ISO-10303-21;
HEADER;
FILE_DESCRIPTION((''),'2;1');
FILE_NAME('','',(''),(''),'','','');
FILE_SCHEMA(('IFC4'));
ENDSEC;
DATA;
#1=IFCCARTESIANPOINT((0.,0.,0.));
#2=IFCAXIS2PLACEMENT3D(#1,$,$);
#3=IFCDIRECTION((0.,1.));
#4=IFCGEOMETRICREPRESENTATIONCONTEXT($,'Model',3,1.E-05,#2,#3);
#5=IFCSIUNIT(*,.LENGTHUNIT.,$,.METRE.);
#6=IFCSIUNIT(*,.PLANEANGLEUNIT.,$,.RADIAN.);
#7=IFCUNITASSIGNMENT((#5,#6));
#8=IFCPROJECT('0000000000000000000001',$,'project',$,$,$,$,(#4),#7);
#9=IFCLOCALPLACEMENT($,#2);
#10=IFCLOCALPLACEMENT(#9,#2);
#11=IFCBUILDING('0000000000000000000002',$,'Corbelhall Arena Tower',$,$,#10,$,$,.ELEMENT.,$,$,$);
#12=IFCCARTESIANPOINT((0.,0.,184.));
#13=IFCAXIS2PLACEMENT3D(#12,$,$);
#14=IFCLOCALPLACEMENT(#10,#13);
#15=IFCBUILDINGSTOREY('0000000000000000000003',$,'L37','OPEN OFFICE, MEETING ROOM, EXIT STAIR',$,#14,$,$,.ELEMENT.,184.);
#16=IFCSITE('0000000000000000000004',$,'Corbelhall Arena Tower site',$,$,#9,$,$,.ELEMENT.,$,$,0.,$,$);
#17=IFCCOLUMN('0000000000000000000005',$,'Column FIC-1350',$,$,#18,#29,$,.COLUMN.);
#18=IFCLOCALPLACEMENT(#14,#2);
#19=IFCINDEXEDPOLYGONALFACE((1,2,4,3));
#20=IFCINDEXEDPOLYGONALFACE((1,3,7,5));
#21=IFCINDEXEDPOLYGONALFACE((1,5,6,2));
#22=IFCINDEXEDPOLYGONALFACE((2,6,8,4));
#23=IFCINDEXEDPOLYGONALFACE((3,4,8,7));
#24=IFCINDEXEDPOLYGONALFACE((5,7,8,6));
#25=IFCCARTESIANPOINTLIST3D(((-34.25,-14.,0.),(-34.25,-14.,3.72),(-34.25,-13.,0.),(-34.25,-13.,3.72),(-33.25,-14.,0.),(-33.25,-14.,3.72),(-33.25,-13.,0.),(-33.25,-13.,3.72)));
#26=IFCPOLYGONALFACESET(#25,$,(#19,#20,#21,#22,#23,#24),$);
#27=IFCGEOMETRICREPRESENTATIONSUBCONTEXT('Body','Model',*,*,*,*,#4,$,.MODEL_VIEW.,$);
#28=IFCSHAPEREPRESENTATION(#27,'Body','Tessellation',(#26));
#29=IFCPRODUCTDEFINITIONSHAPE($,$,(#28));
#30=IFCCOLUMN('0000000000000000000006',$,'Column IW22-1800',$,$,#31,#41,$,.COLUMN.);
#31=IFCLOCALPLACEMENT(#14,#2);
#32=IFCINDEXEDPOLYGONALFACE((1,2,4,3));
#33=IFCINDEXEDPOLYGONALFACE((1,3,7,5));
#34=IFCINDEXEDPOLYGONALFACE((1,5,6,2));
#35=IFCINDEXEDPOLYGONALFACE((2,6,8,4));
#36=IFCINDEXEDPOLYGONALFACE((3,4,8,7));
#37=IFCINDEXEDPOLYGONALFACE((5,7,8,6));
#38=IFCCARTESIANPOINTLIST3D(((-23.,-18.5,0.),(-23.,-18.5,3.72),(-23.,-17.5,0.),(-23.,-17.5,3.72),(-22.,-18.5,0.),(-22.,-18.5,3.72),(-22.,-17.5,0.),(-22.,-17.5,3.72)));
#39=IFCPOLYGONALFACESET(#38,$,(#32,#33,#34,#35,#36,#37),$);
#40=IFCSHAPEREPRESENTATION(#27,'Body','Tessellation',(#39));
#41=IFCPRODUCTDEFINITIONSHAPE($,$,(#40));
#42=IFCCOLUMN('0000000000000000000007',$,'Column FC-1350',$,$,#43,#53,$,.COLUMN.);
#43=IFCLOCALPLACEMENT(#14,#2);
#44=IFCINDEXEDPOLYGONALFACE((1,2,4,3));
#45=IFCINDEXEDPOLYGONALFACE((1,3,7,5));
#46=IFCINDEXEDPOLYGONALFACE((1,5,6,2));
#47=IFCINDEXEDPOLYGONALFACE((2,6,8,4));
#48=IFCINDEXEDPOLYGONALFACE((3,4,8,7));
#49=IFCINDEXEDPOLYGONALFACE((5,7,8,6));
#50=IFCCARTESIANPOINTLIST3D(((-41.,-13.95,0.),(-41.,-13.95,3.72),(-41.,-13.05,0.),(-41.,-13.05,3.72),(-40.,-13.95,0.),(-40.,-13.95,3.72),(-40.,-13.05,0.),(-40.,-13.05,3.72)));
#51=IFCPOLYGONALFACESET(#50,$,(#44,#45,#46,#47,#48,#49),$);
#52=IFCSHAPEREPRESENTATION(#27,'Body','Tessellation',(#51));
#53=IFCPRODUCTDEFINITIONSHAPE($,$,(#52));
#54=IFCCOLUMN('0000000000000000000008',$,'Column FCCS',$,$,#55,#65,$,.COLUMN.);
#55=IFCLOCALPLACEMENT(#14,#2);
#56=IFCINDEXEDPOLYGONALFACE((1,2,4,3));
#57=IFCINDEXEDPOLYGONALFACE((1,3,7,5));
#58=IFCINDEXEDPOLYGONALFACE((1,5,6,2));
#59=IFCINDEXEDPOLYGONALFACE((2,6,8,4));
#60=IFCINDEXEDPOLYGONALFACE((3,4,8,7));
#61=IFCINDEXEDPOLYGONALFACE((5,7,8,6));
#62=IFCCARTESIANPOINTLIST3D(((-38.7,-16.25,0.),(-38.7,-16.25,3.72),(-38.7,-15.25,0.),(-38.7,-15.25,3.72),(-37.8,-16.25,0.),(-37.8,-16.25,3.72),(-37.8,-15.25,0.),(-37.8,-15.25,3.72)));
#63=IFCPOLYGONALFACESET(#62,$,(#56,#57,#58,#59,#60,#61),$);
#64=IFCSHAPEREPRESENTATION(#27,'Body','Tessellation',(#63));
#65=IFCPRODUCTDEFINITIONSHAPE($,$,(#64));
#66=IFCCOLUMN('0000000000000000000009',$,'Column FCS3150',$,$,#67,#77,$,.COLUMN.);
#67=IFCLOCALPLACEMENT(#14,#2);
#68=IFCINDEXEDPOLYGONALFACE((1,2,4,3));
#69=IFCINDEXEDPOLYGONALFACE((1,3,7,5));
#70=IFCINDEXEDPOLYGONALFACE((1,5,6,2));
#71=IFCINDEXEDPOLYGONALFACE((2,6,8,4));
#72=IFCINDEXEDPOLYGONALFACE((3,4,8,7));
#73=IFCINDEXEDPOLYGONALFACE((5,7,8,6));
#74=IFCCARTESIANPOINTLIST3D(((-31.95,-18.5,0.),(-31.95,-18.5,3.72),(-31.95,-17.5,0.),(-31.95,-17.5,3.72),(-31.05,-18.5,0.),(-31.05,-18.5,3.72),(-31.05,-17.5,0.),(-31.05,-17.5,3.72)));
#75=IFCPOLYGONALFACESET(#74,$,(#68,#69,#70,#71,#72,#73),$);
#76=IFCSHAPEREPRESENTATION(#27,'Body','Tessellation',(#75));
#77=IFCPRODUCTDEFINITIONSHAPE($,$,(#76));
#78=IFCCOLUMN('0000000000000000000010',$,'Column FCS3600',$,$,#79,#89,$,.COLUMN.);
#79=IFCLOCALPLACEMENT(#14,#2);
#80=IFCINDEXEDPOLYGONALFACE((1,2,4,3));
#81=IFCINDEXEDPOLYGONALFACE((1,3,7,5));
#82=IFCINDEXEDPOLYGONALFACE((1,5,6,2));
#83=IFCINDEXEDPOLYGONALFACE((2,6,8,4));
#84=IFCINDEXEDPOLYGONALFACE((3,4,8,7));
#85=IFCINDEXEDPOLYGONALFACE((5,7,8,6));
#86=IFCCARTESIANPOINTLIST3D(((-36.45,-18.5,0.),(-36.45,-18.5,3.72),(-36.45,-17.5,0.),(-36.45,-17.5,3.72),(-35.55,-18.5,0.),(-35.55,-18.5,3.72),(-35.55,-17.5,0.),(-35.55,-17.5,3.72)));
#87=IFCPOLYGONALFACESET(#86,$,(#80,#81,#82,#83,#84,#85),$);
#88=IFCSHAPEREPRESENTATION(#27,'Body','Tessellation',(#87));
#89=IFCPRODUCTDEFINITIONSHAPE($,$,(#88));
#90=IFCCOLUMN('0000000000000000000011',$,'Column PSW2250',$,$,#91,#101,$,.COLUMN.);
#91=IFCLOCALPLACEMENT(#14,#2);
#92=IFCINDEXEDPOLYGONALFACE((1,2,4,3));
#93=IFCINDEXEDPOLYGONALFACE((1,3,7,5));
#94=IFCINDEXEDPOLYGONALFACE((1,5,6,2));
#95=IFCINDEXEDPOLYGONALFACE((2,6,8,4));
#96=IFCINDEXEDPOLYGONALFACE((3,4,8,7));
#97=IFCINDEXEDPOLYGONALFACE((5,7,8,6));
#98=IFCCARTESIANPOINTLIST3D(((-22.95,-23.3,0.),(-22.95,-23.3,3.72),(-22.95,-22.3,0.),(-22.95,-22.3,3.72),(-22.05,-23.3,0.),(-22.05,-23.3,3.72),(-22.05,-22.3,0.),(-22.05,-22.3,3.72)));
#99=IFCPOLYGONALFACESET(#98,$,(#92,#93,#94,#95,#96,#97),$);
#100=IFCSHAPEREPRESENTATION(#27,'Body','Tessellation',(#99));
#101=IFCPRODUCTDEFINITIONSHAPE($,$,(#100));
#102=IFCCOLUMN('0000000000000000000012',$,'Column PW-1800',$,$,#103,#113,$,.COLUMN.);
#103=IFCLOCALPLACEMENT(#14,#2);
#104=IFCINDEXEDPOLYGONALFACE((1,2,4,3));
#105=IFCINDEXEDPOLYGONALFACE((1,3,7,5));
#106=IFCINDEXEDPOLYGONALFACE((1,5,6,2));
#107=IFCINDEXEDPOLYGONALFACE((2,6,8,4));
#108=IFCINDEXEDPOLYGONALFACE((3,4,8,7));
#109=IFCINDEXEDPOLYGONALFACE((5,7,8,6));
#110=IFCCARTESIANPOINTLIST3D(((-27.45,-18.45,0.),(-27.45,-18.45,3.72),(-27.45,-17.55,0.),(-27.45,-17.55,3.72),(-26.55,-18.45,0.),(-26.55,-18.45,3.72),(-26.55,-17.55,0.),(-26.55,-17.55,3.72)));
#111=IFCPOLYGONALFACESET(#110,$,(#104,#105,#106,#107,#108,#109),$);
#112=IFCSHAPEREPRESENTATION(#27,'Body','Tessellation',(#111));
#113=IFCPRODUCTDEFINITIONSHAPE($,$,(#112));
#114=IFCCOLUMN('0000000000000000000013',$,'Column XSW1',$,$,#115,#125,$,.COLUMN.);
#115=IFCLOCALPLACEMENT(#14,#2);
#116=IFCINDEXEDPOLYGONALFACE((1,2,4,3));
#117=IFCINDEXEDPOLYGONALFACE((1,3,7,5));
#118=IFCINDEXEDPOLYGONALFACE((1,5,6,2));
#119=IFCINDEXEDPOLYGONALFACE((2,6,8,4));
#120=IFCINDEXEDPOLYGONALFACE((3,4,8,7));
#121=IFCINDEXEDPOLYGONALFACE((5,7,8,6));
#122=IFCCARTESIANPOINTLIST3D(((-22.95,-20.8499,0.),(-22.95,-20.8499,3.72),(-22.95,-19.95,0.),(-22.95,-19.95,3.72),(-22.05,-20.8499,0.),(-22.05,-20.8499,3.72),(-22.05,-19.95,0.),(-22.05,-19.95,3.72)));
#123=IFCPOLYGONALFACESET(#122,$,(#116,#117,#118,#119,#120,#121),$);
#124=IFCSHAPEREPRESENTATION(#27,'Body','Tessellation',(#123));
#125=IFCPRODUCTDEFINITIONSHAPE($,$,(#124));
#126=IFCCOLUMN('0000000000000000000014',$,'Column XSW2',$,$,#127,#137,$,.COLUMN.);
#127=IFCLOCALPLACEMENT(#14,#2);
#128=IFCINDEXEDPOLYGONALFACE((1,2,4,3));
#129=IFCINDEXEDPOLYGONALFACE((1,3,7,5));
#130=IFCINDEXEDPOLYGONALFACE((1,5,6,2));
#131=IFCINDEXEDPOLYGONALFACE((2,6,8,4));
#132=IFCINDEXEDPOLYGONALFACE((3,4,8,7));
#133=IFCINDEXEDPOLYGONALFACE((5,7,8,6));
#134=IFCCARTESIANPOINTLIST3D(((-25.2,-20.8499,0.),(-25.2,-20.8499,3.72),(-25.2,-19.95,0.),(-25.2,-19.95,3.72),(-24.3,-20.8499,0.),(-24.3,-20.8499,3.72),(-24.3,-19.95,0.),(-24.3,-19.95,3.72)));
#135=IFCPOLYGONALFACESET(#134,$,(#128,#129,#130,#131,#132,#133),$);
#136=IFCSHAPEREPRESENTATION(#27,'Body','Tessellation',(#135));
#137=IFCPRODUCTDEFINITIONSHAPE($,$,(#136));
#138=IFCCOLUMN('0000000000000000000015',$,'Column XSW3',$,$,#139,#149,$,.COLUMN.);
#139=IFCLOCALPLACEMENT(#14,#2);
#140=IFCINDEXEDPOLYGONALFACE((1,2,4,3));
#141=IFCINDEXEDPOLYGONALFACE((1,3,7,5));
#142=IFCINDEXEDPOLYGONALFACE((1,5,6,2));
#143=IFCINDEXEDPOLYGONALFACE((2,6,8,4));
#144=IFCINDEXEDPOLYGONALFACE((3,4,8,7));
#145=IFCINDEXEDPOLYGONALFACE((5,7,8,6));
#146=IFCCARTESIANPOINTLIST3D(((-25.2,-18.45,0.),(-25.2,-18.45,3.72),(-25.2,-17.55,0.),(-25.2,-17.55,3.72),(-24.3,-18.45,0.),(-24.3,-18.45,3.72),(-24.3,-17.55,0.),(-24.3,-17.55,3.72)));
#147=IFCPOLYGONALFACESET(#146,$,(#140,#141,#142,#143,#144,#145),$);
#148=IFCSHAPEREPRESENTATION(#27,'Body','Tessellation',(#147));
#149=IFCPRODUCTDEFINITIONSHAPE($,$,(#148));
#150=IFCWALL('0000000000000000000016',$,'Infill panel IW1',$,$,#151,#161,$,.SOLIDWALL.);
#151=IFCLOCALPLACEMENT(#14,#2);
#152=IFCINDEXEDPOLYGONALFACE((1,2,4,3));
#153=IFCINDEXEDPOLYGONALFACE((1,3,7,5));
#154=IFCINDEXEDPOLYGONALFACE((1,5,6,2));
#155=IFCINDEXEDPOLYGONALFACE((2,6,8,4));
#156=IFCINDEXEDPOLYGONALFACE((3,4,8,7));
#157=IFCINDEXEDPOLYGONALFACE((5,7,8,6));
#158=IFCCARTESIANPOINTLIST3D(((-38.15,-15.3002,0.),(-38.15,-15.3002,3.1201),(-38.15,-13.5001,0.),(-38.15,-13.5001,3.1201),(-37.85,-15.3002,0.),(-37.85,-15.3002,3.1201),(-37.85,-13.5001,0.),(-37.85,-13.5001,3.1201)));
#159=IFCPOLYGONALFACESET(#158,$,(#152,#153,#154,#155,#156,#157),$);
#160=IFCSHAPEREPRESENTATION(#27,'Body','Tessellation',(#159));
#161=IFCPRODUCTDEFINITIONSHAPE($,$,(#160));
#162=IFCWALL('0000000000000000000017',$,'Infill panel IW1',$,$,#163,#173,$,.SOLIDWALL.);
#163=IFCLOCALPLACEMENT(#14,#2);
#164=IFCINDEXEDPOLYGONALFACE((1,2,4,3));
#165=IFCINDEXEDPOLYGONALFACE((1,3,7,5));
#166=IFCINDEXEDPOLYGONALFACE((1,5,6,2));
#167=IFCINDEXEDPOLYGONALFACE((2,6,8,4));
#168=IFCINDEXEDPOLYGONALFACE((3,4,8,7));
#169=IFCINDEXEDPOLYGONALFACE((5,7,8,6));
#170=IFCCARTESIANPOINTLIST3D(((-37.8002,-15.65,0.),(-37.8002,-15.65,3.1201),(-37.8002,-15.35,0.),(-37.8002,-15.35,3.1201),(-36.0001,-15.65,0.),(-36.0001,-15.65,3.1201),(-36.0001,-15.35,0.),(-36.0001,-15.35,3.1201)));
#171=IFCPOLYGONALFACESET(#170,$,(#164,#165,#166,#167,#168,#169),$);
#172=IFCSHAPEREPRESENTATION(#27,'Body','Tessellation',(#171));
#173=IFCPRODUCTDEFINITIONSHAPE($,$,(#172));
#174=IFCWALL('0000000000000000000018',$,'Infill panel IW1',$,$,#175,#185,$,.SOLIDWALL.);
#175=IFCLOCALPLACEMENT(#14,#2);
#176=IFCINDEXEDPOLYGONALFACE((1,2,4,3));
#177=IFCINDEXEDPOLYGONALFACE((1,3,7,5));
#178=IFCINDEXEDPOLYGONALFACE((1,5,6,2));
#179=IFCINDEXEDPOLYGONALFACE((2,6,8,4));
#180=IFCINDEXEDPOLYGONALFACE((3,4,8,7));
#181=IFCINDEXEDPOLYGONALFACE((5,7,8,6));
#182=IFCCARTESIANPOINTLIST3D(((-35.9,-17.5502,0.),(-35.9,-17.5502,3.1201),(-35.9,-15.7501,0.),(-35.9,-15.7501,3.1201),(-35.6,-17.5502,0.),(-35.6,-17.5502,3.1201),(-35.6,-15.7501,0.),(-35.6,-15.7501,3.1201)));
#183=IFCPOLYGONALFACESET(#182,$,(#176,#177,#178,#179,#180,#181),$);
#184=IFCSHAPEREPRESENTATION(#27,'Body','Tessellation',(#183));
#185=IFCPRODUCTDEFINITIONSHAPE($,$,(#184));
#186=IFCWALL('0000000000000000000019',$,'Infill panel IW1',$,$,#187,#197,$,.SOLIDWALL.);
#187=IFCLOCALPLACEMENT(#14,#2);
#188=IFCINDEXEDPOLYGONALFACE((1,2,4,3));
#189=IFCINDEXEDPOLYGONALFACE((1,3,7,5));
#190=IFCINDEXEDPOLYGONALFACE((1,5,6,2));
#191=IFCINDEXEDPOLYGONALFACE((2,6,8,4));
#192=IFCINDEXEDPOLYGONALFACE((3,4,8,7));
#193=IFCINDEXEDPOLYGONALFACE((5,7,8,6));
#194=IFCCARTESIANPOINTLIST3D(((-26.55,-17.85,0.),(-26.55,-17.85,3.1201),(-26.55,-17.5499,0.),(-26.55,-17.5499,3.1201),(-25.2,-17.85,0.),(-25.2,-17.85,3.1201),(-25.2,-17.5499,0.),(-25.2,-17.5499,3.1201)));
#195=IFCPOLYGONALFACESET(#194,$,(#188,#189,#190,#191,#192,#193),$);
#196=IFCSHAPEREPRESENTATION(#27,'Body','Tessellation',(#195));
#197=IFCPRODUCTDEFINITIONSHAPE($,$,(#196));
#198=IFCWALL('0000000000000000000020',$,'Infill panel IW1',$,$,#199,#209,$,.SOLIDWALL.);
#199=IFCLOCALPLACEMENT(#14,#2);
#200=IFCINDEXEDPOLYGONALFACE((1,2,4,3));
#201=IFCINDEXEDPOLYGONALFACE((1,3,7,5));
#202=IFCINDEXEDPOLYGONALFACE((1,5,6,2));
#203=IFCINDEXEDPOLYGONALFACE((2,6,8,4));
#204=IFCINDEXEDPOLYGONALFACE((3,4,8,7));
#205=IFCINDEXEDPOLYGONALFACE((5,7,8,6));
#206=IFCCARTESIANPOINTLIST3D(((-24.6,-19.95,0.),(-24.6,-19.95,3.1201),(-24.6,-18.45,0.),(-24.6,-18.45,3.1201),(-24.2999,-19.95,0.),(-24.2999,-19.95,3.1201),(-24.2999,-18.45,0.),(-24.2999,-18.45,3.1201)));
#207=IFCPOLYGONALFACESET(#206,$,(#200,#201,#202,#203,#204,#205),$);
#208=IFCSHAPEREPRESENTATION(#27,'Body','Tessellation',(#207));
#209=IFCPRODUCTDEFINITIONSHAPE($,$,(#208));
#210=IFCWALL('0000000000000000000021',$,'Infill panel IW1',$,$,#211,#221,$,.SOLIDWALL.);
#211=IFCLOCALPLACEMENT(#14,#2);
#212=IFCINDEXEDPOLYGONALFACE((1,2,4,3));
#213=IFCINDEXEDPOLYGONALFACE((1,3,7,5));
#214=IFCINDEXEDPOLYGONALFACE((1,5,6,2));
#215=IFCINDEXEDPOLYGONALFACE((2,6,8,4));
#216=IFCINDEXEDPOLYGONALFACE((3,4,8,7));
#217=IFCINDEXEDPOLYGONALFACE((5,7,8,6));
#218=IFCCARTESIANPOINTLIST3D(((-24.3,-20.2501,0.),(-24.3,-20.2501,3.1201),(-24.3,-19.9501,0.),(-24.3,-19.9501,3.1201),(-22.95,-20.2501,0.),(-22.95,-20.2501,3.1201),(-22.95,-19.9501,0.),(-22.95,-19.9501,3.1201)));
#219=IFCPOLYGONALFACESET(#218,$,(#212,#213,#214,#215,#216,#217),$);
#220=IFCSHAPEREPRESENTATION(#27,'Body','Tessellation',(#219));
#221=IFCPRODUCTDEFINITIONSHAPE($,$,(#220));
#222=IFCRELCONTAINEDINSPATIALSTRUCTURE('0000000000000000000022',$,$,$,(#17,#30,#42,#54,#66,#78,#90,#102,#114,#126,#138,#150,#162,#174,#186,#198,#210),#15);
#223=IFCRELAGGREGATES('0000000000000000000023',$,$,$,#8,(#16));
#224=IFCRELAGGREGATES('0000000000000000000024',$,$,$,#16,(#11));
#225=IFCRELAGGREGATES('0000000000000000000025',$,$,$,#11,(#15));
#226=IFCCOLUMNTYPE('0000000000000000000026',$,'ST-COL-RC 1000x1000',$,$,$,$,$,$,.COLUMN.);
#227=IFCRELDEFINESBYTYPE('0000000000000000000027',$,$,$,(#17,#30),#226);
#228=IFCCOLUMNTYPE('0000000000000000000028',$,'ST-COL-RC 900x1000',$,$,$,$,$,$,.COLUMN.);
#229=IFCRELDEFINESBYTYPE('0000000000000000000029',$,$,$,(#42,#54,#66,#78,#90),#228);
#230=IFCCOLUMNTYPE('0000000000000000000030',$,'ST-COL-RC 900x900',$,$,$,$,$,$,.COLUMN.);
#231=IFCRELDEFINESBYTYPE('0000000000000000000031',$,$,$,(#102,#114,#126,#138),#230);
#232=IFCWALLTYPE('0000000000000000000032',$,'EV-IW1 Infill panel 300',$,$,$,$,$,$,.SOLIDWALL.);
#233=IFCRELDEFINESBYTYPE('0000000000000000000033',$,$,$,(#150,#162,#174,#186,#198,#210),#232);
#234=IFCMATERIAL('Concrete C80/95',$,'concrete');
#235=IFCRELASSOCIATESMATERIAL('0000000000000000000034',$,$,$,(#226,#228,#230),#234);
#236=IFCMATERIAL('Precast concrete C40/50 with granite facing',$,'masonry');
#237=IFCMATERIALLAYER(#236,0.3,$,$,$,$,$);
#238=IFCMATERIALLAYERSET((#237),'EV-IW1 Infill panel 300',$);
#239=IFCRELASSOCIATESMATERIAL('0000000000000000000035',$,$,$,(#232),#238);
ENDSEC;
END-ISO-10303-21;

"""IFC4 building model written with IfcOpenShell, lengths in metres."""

from ifc_helpers import new_model, si_unit, direction, frame, frame_2d, origin, origin_2d, place, context, subcontext, project, spatial, rectangle, extrude, material, layer, layer_set, material_profile, profile_set, type_object, element, save


model = new_model("IFC4")

# Units and contexts
model_context = context("Model", 3, precision=1e-05, world=origin(), true_north=direction((0.0, 1.0)))
body_context = subcontext(model_context, "Body", "Model", "MODEL_VIEW")
ifc_project = project(units=[si_unit("LENGTHUNIT", "METRE"), si_unit("PLANEANGLEUNIT", "RADIAN")], contexts=[model_context])

# Site, building, storey
site_placement = place(None, origin())
site = spatial("IfcSite", under=ifc_project, at=site_placement, Name="Corbelhall Arena Tower site", CompositionType="ELEMENT", RefElevation=0.0)
building_placement = place(site_placement, origin())
building = spatial("IfcBuilding", under=site, at=building_placement, Name="Corbelhall Arena Tower", CompositionType="ELEMENT")
storey_placement = place(building_placement, frame((0.0, 0.0, 184.0)))
storey = spatial("IfcBuildingStorey", under=building, at=storey_placement, Name="L37", Description="OPEN OFFICE, MEETING ROOM, EXIT STAIR", CompositionType="ELEMENT", Elevation=184.0)

# Columns
ifc_material_1 = material(Name="Concrete C80/95", Category="concrete")
ifc_material_profile_1 = material_profile(ifc_material_1, rectangle(XDim=1.0, YDim=1.0, at=origin_2d()))
ifc_profile_set_1 = profile_set([ifc_material_profile_1], Name="Concrete C80/95")
column_type_1 = type_object("IfcColumnType", Name="ST-COL-RC 1000x1000", PredefinedType="COLUMN", material=ifc_profile_set_1)
for number, where, z_axis, x_axis, name in (
    (1, (-33.75, -13.5, 0.0), (0.0, 0.0, 1.0), (1.0, 0.0, 0.0), "Column FIC-1350"),
    (2, (-22.5, -18.0, 0.0), (0.0, 0.0, 1.0), (1.0, 0.0, 0.0), "Column IW22-1800"),
):
    element("IfcColumn", number, at=place(storey_placement, frame(where, z_axis=z_axis, x_axis=x_axis)), inside=storey, type_object=column_type_1, Name=name, PredefinedType="COLUMN", context=body_context, shape_type="SweptSolid", body=[
        extrude(rectangle(XDim=1.0, YDim=1.0, at=origin_2d()), origin(), (0.0, 0.0, 1.0), 3.72),
    ])
ifc_material_profile_2 = material_profile(ifc_material_1, rectangle(XDim=0.8999, YDim=1.0, at=origin_2d()))
ifc_profile_set_2 = profile_set([ifc_material_profile_2], Name="Concrete C80/95")
column_type_2 = type_object("IfcColumnType", Name="ST-COL-RC 900x1000", PredefinedType="COLUMN", material=ifc_profile_set_2)
for number, where, z_axis, x_axis, name in (
    (3, (-40.5, -13.5, 0.0), (0.0, 0.0, 1.0), (0.0, 1.0, 0.0), "Column FC-1350"),
    (4, (-38.25, -15.75, 0.0), (0.0, 0.0, 1.0), (1.0, 0.0, 0.0), "Column FCCS"),
    (5, (-31.5, -18.0, 0.0), (0.0, 0.0, 1.0), (1.0, 0.0, 0.0), "Column FCS3150"),
    (6, (-36.0, -18.0, 0.0), (0.0, 0.0, 1.0), (1.0, 0.0, 0.0), "Column FCS3600"),
    (7, (-22.5, -22.8, 0.0), (0.0, 0.0, 1.0), (1.0, 0.0, 0.0), "Column PSW2250"),
):
    element("IfcColumn", number, at=place(storey_placement, frame(where, z_axis=z_axis, x_axis=x_axis)), inside=storey, type_object=column_type_2, Name=name, PredefinedType="COLUMN", context=body_context, shape_type="SweptSolid", body=[
        extrude(rectangle(XDim=0.8999, YDim=1.0, at=origin_2d()), origin(), (0.0, 0.0, 1.0), 3.72),
    ])
ifc_material_profile_3 = material_profile(ifc_material_1, rectangle(XDim=0.8999, YDim=0.8999, at=origin_2d()))
ifc_profile_set_3 = profile_set([ifc_material_profile_3], Name="Concrete C80/95")
column_type_3 = type_object("IfcColumnType", Name="ST-COL-RC 900x900", PredefinedType="COLUMN", material=ifc_profile_set_3)
for number, where, z_axis, x_axis, name in (
    (8, (-27.0, -18.0, 0.0), (0.0, 0.0, 1.0), (1.0, 0.0, 0.0), "Column PW-1800"),
    (9, (-22.5, -20.3999, 0.0), (0.0, 0.0, 1.0), (1.0, 0.0, 0.0), "Column XSW1"),
    (10, (-24.75, -20.3999, 0.0), (0.0, 0.0, 1.0), (1.0, 0.0, 0.0), "Column XSW2"),
    (11, (-24.75, -18.0, 0.0), (0.0, 0.0, 1.0), (1.0, 0.0, 0.0), "Column XSW3"),
):
    element("IfcColumn", number, at=place(storey_placement, frame(where, z_axis=z_axis, x_axis=x_axis)), inside=storey, type_object=column_type_3, Name=name, PredefinedType="COLUMN", context=body_context, shape_type="SweptSolid", body=[
        extrude(rectangle(XDim=0.8999, YDim=0.8999, at=origin_2d()), origin(), (0.0, 0.0, 1.0), 3.72),
    ])

# Walls
ifc_material_2 = material(Name="Precast concrete C40/50 with granite facing", Category="masonry")
ifc_layer_1 = layer(ifc_material_2, 0.3)
ifc_layer_set_1 = layer_set([ifc_layer_1], Name="EV-IW1 Infill panel 300")
wall_type_1 = type_object("IfcWallType", Name="EV-IW1 Infill panel 300", PredefinedType="SOLIDWALL", material=ifc_layer_set_1)
for number, where, z_axis, x_axis, name in (
    (12, (-38.0, -15.3, 0.0), (0.0, 0.0, 1.0), (0.0, 1.0, 0.0), "Infill panel IW1"),
    (13, (-37.8, -15.5, 0.0), (0.0, 0.0, 1.0), (1.0, 0.0, 0.0), "Infill panel IW1"),
    (14, (-35.75, -17.55, 0.0), (0.0, 0.0, 1.0), (0.0, 1.0, 0.0), "Infill panel IW1"),
):
    element("IfcWall", number, at=place(storey_placement, frame(where, z_axis=z_axis, x_axis=x_axis)), inside=storey, type_object=wall_type_1, Name=name, PredefinedType="SOLIDWALL", context=body_context, shape_type="SweptSolid", body=[
        extrude(rectangle(XDim=1.8, YDim=0.3, at=frame_2d((0.8999, 0.0))), origin(), (0.0, 0.0, 1.0), 3.1201),
    ])

# Walls
wall_1_placement = place(storey_placement, frame((-26.55, -17.7, 0.0), z_axis=(0.0, 0.0, 1.0), x_axis=(1.0, 0.0, 0.0)))
element("IfcWall", 15, at=wall_1_placement, inside=storey, type_object=wall_type_1, Name="Infill panel IW1", PredefinedType="SOLIDWALL", context=body_context, shape_type="SweptSolid", body=[
    extrude(rectangle(XDim=1.3501, YDim=0.3, at=frame_2d((0.675, 0.0))), origin(), (0.0, 0.0, 1.0), 3.1201),
])
wall_2_placement = place(storey_placement, frame((-24.45, -18.45, 0.0), z_axis=(0.0, 0.0, 1.0), x_axis=(0.0, -1.0, 0.0)))
element("IfcWall", 16, at=wall_2_placement, inside=storey, type_object=wall_type_1, Name="Infill panel IW1", PredefinedType="SOLIDWALL", context=body_context, shape_type="SweptSolid", body=[
    extrude(rectangle(XDim=1.5, YDim=0.3, at=frame_2d((0.75, 0.0))), origin(), (0.0, 0.0, 1.0), 3.1201),
])
wall_3_placement = place(storey_placement, frame((-24.3, -20.1001, 0.0), z_axis=(0.0, 0.0, 1.0), x_axis=(1.0, 0.0, 0.0)))
element("IfcWall", 17, at=wall_3_placement, inside=storey, type_object=wall_type_1, Name="Infill panel IW1", PredefinedType="SOLIDWALL", context=body_context, shape_type="SweptSolid", body=[
    extrude(rectangle(XDim=1.3501, YDim=0.3, at=frame_2d((0.675, 0.0))), origin(), (0.0, 0.0, 1.0), 3.1201),
])

save(model, "model.ifc")
